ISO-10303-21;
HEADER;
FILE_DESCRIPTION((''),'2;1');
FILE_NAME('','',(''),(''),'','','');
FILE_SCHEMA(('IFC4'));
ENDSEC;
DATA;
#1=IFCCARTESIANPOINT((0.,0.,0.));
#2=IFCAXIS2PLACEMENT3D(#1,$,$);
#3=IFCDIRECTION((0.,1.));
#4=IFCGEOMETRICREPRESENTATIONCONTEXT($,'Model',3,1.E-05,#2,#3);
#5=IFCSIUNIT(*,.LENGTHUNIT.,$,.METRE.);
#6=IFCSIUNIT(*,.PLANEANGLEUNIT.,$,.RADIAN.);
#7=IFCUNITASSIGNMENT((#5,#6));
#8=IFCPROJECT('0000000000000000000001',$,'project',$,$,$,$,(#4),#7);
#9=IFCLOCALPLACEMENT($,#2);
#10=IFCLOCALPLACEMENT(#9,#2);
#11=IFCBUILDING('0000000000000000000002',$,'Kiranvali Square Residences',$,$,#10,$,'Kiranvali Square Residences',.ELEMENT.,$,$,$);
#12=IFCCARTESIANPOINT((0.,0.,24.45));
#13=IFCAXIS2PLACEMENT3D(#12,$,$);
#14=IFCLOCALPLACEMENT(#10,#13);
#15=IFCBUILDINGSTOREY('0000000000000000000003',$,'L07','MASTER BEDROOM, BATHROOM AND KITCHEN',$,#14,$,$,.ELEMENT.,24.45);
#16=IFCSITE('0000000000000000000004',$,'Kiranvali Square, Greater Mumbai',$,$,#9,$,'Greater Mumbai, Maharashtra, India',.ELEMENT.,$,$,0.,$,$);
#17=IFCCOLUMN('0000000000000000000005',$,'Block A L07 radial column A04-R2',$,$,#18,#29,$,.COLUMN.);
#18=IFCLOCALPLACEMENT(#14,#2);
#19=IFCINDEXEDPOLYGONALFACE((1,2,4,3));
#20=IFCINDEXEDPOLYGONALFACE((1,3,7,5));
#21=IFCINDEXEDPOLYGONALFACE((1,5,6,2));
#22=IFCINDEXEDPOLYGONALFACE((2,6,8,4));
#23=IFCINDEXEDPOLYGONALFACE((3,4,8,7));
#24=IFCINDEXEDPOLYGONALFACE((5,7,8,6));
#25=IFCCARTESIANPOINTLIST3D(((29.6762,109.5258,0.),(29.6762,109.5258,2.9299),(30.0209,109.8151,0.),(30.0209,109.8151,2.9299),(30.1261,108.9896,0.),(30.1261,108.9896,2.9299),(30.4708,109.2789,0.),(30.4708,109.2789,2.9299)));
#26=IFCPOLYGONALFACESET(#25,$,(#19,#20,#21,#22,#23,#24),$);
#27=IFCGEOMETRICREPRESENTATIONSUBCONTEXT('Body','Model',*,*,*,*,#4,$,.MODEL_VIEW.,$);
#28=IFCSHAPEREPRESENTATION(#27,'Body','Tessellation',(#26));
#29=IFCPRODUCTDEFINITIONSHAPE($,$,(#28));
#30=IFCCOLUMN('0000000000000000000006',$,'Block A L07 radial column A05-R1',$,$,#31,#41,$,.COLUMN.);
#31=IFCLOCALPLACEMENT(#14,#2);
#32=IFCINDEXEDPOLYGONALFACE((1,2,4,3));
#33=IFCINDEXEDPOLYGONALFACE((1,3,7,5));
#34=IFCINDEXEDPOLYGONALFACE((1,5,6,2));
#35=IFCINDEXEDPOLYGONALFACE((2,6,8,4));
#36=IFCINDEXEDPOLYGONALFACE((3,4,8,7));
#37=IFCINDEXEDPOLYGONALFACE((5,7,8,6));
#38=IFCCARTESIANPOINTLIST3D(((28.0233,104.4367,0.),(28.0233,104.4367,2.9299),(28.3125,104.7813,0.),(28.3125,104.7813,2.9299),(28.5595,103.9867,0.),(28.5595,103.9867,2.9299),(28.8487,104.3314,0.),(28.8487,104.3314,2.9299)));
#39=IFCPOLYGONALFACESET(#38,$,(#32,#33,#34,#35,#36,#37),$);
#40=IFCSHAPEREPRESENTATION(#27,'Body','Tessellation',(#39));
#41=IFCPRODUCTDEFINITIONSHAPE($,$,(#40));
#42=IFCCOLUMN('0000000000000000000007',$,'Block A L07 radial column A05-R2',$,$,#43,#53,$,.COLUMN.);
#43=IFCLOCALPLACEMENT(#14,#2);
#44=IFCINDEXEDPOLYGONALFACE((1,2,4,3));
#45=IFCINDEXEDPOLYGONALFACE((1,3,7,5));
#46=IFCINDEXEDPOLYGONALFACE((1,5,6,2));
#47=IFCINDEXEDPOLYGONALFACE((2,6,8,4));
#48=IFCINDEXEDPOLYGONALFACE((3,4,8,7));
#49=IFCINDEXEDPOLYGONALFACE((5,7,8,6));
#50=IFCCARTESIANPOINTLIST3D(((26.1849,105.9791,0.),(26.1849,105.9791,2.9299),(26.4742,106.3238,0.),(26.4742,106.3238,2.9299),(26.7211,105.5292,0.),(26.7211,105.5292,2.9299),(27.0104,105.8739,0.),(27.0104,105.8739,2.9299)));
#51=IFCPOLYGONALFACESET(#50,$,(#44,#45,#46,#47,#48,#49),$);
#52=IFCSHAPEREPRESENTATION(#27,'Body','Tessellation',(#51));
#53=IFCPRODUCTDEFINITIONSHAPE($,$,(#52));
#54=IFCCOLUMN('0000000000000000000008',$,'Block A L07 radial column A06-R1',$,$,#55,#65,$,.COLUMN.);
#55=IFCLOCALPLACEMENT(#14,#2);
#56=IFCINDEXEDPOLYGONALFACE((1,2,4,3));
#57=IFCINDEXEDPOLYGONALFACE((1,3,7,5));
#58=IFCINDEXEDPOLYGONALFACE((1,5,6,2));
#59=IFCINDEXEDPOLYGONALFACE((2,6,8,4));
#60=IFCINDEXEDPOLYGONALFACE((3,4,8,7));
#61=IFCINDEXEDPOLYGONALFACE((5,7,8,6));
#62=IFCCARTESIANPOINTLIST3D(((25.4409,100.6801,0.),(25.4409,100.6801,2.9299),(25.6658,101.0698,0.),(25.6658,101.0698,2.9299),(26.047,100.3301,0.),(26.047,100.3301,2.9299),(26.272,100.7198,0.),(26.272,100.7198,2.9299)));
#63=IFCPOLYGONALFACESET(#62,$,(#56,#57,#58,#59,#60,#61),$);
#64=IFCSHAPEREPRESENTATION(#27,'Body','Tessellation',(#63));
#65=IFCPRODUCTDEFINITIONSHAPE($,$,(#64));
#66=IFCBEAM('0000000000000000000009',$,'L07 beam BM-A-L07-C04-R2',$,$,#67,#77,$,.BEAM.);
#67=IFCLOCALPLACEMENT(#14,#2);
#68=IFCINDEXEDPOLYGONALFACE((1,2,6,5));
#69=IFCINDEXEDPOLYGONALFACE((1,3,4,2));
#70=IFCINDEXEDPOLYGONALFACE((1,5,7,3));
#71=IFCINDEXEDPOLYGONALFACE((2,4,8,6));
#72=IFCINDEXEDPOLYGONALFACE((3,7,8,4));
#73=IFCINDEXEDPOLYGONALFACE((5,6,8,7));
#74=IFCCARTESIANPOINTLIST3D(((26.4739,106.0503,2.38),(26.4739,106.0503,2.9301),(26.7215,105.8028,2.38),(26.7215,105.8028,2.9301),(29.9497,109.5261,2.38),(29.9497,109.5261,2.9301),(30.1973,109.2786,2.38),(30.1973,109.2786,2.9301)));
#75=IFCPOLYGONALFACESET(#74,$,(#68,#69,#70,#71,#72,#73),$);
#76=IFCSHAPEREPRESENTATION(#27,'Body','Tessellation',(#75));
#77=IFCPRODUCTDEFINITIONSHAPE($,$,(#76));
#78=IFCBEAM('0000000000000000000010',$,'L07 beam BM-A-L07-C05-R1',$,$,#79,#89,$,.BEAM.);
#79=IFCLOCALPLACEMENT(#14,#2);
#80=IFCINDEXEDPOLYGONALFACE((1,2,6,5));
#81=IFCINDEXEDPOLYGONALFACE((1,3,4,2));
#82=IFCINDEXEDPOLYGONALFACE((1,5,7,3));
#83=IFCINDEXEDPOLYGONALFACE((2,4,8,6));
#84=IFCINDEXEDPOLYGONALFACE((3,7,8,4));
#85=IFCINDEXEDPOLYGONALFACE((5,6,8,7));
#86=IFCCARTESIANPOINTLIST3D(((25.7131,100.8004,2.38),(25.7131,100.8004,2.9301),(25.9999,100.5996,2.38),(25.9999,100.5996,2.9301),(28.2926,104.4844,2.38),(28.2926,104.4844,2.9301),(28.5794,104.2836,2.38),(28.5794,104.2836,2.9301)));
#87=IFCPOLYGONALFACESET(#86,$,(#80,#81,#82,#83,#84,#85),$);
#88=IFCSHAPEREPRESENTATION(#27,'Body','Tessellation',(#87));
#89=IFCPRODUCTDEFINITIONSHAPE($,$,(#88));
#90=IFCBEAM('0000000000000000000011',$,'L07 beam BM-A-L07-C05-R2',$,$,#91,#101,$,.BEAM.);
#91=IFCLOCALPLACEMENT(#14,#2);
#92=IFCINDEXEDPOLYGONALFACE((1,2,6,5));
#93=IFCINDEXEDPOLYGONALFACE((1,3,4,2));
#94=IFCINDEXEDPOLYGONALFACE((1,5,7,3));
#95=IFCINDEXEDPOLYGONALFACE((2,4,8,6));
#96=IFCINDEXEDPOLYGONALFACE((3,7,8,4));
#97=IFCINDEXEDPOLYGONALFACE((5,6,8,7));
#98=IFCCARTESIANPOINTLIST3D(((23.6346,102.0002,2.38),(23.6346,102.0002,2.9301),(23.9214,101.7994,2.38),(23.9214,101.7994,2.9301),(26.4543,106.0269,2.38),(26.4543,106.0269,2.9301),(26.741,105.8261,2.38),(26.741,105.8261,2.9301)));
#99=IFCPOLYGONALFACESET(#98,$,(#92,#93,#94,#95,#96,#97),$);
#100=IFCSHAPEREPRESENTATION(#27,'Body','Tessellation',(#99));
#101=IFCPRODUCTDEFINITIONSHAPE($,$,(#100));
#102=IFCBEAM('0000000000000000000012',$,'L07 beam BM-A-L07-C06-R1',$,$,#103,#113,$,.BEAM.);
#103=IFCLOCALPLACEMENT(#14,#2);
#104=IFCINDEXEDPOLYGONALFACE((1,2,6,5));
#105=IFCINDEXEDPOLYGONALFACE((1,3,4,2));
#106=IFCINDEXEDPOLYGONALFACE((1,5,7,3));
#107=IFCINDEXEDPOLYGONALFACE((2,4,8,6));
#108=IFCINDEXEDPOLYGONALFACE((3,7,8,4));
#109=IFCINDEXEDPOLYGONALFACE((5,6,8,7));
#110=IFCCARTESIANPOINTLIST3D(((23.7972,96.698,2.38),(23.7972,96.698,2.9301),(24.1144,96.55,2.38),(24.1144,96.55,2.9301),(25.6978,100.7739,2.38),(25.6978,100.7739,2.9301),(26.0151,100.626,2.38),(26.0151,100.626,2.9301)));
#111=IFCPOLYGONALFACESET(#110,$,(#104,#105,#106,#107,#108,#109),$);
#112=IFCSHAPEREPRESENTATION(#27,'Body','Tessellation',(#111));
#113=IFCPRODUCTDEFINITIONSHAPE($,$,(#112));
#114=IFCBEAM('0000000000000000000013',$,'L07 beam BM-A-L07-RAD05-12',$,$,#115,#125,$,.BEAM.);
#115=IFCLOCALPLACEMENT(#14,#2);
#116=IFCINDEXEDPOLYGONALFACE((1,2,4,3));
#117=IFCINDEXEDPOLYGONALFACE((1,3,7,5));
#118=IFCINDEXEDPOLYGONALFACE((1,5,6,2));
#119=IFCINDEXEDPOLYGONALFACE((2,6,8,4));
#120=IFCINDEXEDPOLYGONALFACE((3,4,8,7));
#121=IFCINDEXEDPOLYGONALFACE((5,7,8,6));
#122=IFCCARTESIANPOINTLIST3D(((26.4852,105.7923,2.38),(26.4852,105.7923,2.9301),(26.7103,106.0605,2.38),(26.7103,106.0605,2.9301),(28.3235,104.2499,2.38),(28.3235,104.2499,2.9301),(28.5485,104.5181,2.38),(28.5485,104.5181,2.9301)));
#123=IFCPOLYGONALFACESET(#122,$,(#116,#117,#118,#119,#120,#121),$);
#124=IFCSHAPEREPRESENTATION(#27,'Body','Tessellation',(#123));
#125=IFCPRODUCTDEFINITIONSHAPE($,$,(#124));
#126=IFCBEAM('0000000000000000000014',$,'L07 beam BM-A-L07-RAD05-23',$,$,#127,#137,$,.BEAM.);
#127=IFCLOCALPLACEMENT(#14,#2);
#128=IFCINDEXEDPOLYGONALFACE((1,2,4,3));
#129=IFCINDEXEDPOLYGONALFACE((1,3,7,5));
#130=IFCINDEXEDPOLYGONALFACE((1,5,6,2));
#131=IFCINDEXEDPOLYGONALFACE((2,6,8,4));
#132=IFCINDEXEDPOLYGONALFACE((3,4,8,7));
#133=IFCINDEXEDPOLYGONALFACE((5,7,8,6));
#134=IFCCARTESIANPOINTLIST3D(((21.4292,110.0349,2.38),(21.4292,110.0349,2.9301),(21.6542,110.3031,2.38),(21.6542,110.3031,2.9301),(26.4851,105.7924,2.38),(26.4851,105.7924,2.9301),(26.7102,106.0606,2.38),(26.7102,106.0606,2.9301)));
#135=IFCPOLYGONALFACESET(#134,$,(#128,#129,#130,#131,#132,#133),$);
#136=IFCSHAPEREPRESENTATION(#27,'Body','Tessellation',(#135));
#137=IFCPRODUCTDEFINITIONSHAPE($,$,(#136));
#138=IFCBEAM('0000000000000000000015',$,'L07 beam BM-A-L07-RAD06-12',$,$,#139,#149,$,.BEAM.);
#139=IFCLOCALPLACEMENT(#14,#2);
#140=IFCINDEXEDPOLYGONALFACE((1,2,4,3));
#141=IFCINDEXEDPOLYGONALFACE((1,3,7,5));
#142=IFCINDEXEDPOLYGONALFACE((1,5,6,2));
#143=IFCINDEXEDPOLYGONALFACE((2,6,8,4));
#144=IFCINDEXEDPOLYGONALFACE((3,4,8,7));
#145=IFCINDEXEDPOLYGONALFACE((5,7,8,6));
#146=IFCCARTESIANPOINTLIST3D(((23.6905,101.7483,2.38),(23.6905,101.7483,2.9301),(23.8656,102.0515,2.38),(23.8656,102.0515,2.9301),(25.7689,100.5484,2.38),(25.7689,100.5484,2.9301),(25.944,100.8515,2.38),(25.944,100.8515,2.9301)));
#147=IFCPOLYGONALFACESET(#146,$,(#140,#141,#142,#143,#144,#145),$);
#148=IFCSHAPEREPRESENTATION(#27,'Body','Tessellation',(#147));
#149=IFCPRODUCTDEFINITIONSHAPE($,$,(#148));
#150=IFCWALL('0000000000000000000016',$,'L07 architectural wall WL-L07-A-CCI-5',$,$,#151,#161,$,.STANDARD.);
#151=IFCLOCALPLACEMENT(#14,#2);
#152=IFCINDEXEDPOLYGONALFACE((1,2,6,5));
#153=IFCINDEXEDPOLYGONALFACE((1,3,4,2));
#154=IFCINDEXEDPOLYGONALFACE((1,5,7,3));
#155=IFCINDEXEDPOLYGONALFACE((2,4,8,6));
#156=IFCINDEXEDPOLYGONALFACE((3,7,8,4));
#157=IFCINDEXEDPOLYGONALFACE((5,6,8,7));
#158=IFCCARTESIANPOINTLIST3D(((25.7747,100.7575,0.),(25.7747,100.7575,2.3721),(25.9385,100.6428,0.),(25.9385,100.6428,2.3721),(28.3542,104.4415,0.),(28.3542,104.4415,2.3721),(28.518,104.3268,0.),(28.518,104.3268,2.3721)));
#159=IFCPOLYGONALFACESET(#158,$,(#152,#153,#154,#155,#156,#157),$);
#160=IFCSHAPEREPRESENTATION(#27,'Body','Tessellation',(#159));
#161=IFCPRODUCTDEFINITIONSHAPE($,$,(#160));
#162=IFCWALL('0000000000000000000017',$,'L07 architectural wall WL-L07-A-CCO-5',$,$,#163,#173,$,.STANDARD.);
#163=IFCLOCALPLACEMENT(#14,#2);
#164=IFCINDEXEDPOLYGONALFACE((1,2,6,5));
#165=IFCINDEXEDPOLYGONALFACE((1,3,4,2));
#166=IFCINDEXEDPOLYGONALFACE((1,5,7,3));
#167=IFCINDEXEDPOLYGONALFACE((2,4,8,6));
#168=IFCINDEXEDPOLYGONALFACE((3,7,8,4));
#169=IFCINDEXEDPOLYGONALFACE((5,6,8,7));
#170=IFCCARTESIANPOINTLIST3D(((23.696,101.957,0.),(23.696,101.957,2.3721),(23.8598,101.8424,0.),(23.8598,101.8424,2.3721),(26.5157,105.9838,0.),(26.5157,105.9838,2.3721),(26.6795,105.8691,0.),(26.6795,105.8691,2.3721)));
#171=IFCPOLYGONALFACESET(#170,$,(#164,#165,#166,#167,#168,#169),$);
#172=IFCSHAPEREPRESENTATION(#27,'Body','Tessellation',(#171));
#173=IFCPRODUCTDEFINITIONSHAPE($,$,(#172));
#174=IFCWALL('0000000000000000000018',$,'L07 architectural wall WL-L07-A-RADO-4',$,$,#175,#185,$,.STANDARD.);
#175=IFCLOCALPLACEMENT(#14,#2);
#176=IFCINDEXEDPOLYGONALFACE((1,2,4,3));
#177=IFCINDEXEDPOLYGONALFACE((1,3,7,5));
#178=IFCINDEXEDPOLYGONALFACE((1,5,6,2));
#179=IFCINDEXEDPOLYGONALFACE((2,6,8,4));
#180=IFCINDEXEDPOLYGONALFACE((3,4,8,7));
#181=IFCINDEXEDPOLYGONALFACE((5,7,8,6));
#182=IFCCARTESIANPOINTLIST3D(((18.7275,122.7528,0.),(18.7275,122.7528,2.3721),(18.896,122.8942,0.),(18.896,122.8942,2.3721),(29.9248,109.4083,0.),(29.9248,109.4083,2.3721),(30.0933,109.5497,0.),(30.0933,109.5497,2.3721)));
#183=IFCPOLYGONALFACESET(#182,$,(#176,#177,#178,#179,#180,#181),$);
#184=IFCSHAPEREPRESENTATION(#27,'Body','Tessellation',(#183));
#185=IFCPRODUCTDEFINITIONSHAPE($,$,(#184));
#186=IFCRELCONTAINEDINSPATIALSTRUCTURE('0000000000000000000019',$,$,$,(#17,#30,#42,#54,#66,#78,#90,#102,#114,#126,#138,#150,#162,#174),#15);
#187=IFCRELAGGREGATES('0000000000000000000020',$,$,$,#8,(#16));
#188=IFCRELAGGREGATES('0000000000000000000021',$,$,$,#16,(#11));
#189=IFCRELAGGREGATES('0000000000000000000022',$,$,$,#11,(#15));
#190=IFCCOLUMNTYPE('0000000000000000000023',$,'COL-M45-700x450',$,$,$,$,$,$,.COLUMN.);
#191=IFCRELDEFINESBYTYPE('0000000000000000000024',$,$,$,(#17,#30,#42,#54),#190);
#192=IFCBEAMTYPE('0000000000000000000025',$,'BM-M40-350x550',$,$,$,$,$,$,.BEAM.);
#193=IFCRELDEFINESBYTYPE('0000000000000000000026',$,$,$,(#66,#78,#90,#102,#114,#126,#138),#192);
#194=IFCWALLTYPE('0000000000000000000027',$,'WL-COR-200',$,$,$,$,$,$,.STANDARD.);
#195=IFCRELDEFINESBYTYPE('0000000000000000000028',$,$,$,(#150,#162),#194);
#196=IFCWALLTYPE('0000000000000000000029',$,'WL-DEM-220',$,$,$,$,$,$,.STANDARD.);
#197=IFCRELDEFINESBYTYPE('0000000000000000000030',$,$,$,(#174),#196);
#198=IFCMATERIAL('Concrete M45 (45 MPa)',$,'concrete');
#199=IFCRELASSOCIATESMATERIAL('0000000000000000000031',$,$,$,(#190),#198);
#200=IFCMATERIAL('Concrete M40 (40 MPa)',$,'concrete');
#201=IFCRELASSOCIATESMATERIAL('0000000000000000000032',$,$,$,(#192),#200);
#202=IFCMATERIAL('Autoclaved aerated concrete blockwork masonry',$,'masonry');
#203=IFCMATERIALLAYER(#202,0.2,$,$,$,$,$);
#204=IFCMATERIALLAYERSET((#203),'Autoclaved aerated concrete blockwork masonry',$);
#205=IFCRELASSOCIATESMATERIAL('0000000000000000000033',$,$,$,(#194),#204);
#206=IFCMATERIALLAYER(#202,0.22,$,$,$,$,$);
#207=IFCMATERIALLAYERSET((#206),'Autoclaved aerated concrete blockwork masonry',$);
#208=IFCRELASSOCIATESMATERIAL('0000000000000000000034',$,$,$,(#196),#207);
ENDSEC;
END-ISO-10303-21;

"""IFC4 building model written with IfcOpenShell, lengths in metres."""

from ifc_helpers import new_model, si_unit, direction, frame, frame_2d, origin, origin_2d, place, context, subcontext, project, spatial, rectangle, extrude, material, layer, layer_set, material_profile, profile_set, type_object, element, save


model = new_model("IFC4")

# Units and contexts
model_context = context("Model", 3, precision=1e-05, world=origin(), true_north=direction((0.0, 1.0)))
body_context = subcontext(model_context, "Body", "Model", "MODEL_VIEW")
ifc_project = project(units=[si_unit("LENGTHUNIT", "METRE"), si_unit("PLANEANGLEUNIT", "RADIAN")], contexts=[model_context])

# Site, building, storey
site_placement = place(None, origin())
site = spatial("IfcSite", under=ifc_project, at=site_placement, Name="Kiranvali Square, Greater Mumbai", LongName="Greater Mumbai, Maharashtra, India", CompositionType="ELEMENT", RefElevation=0.0)
building_placement = place(site_placement, origin())
building = spatial("IfcBuilding", under=site, at=building_placement, Name="Kiranvali Square Residences", LongName="Kiranvali Square Residences", CompositionType="ELEMENT")
storey_placement = place(building_placement, frame((0.0, 0.0, 24.45)))
storey = spatial("IfcBuildingStorey", under=building, at=storey_placement, Name="L07", Description="MASTER BEDROOM, BATHROOM AND KITCHEN", CompositionType="ELEMENT", Elevation=24.45)

# Columns
ifc_material_1 = material(Name="Concrete M45 (45 MPa)", Category="concrete")
ifc_material_profile_1 = material_profile(ifc_material_1, rectangle(XDim=0.45, YDim=0.7, at=origin_2d()), Name="RC 700x450")
ifc_profile_set_1 = profile_set([ifc_material_profile_1], Name="Concrete M45 (45 MPa)")
column_type = type_object("IfcColumnType", Name="COL-M45-700x450", PredefinedType="COLUMN", material=ifc_profile_set_1)
for number, where, z_axis, x_axis, name in (
    (1, (30.0735, 109.4023, 0.0), (0.0, 0.0, 1.0), (0.766044, 0.642788, 0.0), "Block A L07 radial column A04-R2"),
    (2, (28.436, 104.384, 0.0), (0.0, 0.0, 1.0), (0.642788, 0.766044, 0.0), "Block A L07 radial column A05-R1"),
    (3, (26.5977, 105.9265, 0.0), (0.0, 0.0, 1.0), (0.642788, 0.766044, 0.0), "Block A L07 radial column A05-R2"),
    (4, (25.8564, 100.7, 0.0), (0.0, 0.0, 1.0), (0.5, 0.866025, 0.0), "Block A L07 radial column A06-R1"),
):
    element("IfcColumn", number, at=place(storey_placement, frame(where, z_axis=z_axis, x_axis=x_axis)), inside=storey, type_object=column_type, Name=name, PredefinedType="COLUMN", context=body_context, shape_type="SweptSolid", body=[
        extrude(rectangle(XDim=0.45, YDim=0.7, at=origin_2d()), origin(), (0.0, 0.0, 1.0), 2.9299),
    ])

# Beams
ifc_material_2 = material(Name="Concrete M40 (40 MPa)", Category="concrete")
ifc_material_profile_2 = material_profile(ifc_material_2, rectangle(XDim=0.3501, YDim=0.55, at=origin_2d()), Name="RC 350x550")
ifc_profile_set_2 = profile_set([ifc_material_profile_2], Name="Concrete M40 (40 MPa)")
beam_type = type_object("IfcBeamType", Name="BM-M40-350x550", PredefinedType="BEAM", material=ifc_profile_set_2)
beam_1_placement = place(storey_placement, frame((30.0735, 109.4023, 2.655), z_axis=(-0.707107, -0.707107, 0.0), x_axis=(0.707107, -0.707107, 0.0)))
element("IfcBeam", 5, at=beam_1_placement, inside=storey, type_object=beam_type, Name="L07 beam BM-A-L07-C04-R2", PredefinedType="BEAM", context=body_context, shape_type="SweptSolid", body=[
    extrude(rectangle(XDim=0.3501, YDim=0.55, at=origin_2d()), origin(), (0.0, 0.0, 1.0), 4.9155),
])
beam_2_placement = place(storey_placement, frame((28.436, 104.384, 2.655), z_axis=(-0.573572, -0.819155, 0.0), x_axis=(0.819155, -0.573572, 0.0)))
element("IfcBeam", 6, at=beam_2_placement, inside=storey, type_object=beam_type, Name="L07 beam BM-A-L07-C05-R1", PredefinedType="BEAM", context=body_context, shape_type="SweptSolid", body=[
    extrude(rectangle(XDim=0.3501, YDim=0.55, at=origin_2d()), origin(), (0.0, 0.0, 1.0), 4.4973),
])
beam_3_placement = place(storey_placement, frame((26.5977, 105.9265, 2.655), z_axis=(-0.573592, -0.819141, 0.0), x_axis=(0.819141, -0.573592, 0.0)))
element("IfcBeam", 7, at=beam_3_placement, inside=storey, type_object=beam_type, Name="L07 beam BM-A-L07-C05-R2", PredefinedType="BEAM", context=body_context, shape_type="SweptSolid", body=[
    extrude(rectangle(XDim=0.3501, YDim=0.55, at=origin_2d()), origin(), (0.0, 0.0, 1.0), 4.9158),
])
beam_4_placement = place(storey_placement, frame((25.8564, 100.7, 2.655), z_axis=(-0.422618, -0.906308, 0.0), x_axis=(0.906308, -0.422618, 0.0)))
element("IfcBeam", 8, at=beam_4_placement, inside=storey, type_object=beam_type, Name="L07 beam BM-A-L07-C06-R1", PredefinedType="BEAM", context=body_context, shape_type="SweptSolid", body=[
    extrude(rectangle(XDim=0.3501, YDim=0.55, at=origin_2d()), origin(), (0.0, 0.0, 1.0), 4.4973),
])
beam_5_placement = place(storey_placement, frame((28.436, 104.384, 2.655), z_axis=(-0.766065, 0.642763, 0.0), x_axis=(-0.642763, -0.766065, 0.0)))
element("IfcBeam", 9, at=beam_5_placement, inside=storey, type_object=beam_type, Name="L07 beam BM-A-L07-RAD05-12", PredefinedType="BEAM", context=body_context, shape_type="SweptSolid", body=[
    extrude(rectangle(XDim=0.3501, YDim=0.55, at=origin_2d()), origin(), (0.0, 0.0, 1.0), 2.3997),
])
beam_6_placement = place(storey_placement, frame((26.5977, 105.9265, 2.655), z_axis=(-0.766043, 0.642789, 0.0), x_axis=(-0.642789, -0.766043, 0.0)))
element("IfcBeam", 10, at=beam_6_placement, inside=storey, type_object=beam_type, Name="L07 beam BM-A-L07-RAD05-23", PredefinedType="BEAM", context=body_context, shape_type="SweptSolid", body=[
    extrude(rectangle(XDim=0.3501, YDim=0.55, at=origin_2d()), origin(), (0.0, 0.0, 1.0), 6.6001),
])
beam_7_placement = place(storey_placement, frame((25.8564, 100.7, 2.655), z_axis=(-0.866025, 0.500001, 0.0), x_axis=(-0.500001, -0.866025, 0.0)))
element("IfcBeam", 11, at=beam_7_placement, inside=storey, type_object=beam_type, Name="L07 beam BM-A-L07-RAD06-12", PredefinedType="BEAM", context=body_context, shape_type="SweptSolid", body=[
    extrude(rectangle(XDim=0.3501, YDim=0.55, at=origin_2d()), origin(), (0.0, 0.0, 1.0), 2.3999),
])

# Walls
ifc_material_3 = material(Name="Autoclaved aerated concrete blockwork masonry", Category="masonry")
ifc_layer_1 = layer(ifc_material_3, 0.2)
ifc_layer_set_1 = layer_set([ifc_layer_1], Name="Autoclaved aerated concrete blockwork masonry")
wall_type_1 = type_object("IfcWallType", Name="WL-COR-200", PredefinedType="STANDARD", material=ifc_layer_set_1)
wall_1_placement = place(storey_placement, frame((28.436, 104.384, 0.0), z_axis=(0.0, 0.0, 1.0), x_axis=(-0.573572, -0.819155, 0.0)))
element("IfcWall", 12, at=wall_1_placement, inside=storey, type_object=wall_type_1, Name="L07 architectural wall WL-L07-A-CCI-5", PredefinedType="STANDARD", context=body_context, shape_type="SweptSolid", body=[
    extrude(rectangle(XDim=4.4973, YDim=0.2, at=frame_2d((2.2485, 0.0))), origin(), (0.0, 0.0, 1.0), 2.3721),
])
wall_2_placement = place(storey_placement, frame((26.5977, 105.9265, 0.0), z_axis=(0.0, 0.0, 1.0), x_axis=(-0.573592, -0.819141, 0.0)))
element("IfcWall", 13, at=wall_2_placement, inside=storey, type_object=wall_type_1, Name="L07 architectural wall WL-L07-A-CCO-5", PredefinedType="STANDARD", context=body_context, shape_type="SweptSolid", body=[
    extrude(rectangle(XDim=4.9158, YDim=0.2, at=frame_2d((2.458, 0.0))), origin(), (0.0, 0.0, 1.0), 2.3721),
])

# Wall
ifc_layer_2 = layer(ifc_material_3, 0.22)
ifc_layer_set_2 = layer_set([ifc_layer_2], Name="Autoclaved aerated concrete blockwork masonry")
wall_type_2 = type_object("IfcWallType", Name="WL-DEM-220", PredefinedType="STANDARD", material=ifc_layer_set_2)
wall_3_placement = place(storey_placement, frame((30.009, 109.479, 0.0), z_axis=(0.0, 0.0, 1.0), x_axis=(-0.642785, 0.766047, 0.0)))
element("IfcWall", 14, at=wall_3_placement, inside=storey, type_object=wall_type_2, Name="L07 architectural wall WL-L07-A-RADO-4", PredefinedType="STANDARD", context=body_context, shape_type="SweptSolid", body=[
    extrude(rectangle(XDim=17.4199, YDim=0.22, at=frame_2d((8.71, 0.0))), origin(), (0.0, 0.0, 1.0), 2.3721),
])

save(model, "model.ifc")
